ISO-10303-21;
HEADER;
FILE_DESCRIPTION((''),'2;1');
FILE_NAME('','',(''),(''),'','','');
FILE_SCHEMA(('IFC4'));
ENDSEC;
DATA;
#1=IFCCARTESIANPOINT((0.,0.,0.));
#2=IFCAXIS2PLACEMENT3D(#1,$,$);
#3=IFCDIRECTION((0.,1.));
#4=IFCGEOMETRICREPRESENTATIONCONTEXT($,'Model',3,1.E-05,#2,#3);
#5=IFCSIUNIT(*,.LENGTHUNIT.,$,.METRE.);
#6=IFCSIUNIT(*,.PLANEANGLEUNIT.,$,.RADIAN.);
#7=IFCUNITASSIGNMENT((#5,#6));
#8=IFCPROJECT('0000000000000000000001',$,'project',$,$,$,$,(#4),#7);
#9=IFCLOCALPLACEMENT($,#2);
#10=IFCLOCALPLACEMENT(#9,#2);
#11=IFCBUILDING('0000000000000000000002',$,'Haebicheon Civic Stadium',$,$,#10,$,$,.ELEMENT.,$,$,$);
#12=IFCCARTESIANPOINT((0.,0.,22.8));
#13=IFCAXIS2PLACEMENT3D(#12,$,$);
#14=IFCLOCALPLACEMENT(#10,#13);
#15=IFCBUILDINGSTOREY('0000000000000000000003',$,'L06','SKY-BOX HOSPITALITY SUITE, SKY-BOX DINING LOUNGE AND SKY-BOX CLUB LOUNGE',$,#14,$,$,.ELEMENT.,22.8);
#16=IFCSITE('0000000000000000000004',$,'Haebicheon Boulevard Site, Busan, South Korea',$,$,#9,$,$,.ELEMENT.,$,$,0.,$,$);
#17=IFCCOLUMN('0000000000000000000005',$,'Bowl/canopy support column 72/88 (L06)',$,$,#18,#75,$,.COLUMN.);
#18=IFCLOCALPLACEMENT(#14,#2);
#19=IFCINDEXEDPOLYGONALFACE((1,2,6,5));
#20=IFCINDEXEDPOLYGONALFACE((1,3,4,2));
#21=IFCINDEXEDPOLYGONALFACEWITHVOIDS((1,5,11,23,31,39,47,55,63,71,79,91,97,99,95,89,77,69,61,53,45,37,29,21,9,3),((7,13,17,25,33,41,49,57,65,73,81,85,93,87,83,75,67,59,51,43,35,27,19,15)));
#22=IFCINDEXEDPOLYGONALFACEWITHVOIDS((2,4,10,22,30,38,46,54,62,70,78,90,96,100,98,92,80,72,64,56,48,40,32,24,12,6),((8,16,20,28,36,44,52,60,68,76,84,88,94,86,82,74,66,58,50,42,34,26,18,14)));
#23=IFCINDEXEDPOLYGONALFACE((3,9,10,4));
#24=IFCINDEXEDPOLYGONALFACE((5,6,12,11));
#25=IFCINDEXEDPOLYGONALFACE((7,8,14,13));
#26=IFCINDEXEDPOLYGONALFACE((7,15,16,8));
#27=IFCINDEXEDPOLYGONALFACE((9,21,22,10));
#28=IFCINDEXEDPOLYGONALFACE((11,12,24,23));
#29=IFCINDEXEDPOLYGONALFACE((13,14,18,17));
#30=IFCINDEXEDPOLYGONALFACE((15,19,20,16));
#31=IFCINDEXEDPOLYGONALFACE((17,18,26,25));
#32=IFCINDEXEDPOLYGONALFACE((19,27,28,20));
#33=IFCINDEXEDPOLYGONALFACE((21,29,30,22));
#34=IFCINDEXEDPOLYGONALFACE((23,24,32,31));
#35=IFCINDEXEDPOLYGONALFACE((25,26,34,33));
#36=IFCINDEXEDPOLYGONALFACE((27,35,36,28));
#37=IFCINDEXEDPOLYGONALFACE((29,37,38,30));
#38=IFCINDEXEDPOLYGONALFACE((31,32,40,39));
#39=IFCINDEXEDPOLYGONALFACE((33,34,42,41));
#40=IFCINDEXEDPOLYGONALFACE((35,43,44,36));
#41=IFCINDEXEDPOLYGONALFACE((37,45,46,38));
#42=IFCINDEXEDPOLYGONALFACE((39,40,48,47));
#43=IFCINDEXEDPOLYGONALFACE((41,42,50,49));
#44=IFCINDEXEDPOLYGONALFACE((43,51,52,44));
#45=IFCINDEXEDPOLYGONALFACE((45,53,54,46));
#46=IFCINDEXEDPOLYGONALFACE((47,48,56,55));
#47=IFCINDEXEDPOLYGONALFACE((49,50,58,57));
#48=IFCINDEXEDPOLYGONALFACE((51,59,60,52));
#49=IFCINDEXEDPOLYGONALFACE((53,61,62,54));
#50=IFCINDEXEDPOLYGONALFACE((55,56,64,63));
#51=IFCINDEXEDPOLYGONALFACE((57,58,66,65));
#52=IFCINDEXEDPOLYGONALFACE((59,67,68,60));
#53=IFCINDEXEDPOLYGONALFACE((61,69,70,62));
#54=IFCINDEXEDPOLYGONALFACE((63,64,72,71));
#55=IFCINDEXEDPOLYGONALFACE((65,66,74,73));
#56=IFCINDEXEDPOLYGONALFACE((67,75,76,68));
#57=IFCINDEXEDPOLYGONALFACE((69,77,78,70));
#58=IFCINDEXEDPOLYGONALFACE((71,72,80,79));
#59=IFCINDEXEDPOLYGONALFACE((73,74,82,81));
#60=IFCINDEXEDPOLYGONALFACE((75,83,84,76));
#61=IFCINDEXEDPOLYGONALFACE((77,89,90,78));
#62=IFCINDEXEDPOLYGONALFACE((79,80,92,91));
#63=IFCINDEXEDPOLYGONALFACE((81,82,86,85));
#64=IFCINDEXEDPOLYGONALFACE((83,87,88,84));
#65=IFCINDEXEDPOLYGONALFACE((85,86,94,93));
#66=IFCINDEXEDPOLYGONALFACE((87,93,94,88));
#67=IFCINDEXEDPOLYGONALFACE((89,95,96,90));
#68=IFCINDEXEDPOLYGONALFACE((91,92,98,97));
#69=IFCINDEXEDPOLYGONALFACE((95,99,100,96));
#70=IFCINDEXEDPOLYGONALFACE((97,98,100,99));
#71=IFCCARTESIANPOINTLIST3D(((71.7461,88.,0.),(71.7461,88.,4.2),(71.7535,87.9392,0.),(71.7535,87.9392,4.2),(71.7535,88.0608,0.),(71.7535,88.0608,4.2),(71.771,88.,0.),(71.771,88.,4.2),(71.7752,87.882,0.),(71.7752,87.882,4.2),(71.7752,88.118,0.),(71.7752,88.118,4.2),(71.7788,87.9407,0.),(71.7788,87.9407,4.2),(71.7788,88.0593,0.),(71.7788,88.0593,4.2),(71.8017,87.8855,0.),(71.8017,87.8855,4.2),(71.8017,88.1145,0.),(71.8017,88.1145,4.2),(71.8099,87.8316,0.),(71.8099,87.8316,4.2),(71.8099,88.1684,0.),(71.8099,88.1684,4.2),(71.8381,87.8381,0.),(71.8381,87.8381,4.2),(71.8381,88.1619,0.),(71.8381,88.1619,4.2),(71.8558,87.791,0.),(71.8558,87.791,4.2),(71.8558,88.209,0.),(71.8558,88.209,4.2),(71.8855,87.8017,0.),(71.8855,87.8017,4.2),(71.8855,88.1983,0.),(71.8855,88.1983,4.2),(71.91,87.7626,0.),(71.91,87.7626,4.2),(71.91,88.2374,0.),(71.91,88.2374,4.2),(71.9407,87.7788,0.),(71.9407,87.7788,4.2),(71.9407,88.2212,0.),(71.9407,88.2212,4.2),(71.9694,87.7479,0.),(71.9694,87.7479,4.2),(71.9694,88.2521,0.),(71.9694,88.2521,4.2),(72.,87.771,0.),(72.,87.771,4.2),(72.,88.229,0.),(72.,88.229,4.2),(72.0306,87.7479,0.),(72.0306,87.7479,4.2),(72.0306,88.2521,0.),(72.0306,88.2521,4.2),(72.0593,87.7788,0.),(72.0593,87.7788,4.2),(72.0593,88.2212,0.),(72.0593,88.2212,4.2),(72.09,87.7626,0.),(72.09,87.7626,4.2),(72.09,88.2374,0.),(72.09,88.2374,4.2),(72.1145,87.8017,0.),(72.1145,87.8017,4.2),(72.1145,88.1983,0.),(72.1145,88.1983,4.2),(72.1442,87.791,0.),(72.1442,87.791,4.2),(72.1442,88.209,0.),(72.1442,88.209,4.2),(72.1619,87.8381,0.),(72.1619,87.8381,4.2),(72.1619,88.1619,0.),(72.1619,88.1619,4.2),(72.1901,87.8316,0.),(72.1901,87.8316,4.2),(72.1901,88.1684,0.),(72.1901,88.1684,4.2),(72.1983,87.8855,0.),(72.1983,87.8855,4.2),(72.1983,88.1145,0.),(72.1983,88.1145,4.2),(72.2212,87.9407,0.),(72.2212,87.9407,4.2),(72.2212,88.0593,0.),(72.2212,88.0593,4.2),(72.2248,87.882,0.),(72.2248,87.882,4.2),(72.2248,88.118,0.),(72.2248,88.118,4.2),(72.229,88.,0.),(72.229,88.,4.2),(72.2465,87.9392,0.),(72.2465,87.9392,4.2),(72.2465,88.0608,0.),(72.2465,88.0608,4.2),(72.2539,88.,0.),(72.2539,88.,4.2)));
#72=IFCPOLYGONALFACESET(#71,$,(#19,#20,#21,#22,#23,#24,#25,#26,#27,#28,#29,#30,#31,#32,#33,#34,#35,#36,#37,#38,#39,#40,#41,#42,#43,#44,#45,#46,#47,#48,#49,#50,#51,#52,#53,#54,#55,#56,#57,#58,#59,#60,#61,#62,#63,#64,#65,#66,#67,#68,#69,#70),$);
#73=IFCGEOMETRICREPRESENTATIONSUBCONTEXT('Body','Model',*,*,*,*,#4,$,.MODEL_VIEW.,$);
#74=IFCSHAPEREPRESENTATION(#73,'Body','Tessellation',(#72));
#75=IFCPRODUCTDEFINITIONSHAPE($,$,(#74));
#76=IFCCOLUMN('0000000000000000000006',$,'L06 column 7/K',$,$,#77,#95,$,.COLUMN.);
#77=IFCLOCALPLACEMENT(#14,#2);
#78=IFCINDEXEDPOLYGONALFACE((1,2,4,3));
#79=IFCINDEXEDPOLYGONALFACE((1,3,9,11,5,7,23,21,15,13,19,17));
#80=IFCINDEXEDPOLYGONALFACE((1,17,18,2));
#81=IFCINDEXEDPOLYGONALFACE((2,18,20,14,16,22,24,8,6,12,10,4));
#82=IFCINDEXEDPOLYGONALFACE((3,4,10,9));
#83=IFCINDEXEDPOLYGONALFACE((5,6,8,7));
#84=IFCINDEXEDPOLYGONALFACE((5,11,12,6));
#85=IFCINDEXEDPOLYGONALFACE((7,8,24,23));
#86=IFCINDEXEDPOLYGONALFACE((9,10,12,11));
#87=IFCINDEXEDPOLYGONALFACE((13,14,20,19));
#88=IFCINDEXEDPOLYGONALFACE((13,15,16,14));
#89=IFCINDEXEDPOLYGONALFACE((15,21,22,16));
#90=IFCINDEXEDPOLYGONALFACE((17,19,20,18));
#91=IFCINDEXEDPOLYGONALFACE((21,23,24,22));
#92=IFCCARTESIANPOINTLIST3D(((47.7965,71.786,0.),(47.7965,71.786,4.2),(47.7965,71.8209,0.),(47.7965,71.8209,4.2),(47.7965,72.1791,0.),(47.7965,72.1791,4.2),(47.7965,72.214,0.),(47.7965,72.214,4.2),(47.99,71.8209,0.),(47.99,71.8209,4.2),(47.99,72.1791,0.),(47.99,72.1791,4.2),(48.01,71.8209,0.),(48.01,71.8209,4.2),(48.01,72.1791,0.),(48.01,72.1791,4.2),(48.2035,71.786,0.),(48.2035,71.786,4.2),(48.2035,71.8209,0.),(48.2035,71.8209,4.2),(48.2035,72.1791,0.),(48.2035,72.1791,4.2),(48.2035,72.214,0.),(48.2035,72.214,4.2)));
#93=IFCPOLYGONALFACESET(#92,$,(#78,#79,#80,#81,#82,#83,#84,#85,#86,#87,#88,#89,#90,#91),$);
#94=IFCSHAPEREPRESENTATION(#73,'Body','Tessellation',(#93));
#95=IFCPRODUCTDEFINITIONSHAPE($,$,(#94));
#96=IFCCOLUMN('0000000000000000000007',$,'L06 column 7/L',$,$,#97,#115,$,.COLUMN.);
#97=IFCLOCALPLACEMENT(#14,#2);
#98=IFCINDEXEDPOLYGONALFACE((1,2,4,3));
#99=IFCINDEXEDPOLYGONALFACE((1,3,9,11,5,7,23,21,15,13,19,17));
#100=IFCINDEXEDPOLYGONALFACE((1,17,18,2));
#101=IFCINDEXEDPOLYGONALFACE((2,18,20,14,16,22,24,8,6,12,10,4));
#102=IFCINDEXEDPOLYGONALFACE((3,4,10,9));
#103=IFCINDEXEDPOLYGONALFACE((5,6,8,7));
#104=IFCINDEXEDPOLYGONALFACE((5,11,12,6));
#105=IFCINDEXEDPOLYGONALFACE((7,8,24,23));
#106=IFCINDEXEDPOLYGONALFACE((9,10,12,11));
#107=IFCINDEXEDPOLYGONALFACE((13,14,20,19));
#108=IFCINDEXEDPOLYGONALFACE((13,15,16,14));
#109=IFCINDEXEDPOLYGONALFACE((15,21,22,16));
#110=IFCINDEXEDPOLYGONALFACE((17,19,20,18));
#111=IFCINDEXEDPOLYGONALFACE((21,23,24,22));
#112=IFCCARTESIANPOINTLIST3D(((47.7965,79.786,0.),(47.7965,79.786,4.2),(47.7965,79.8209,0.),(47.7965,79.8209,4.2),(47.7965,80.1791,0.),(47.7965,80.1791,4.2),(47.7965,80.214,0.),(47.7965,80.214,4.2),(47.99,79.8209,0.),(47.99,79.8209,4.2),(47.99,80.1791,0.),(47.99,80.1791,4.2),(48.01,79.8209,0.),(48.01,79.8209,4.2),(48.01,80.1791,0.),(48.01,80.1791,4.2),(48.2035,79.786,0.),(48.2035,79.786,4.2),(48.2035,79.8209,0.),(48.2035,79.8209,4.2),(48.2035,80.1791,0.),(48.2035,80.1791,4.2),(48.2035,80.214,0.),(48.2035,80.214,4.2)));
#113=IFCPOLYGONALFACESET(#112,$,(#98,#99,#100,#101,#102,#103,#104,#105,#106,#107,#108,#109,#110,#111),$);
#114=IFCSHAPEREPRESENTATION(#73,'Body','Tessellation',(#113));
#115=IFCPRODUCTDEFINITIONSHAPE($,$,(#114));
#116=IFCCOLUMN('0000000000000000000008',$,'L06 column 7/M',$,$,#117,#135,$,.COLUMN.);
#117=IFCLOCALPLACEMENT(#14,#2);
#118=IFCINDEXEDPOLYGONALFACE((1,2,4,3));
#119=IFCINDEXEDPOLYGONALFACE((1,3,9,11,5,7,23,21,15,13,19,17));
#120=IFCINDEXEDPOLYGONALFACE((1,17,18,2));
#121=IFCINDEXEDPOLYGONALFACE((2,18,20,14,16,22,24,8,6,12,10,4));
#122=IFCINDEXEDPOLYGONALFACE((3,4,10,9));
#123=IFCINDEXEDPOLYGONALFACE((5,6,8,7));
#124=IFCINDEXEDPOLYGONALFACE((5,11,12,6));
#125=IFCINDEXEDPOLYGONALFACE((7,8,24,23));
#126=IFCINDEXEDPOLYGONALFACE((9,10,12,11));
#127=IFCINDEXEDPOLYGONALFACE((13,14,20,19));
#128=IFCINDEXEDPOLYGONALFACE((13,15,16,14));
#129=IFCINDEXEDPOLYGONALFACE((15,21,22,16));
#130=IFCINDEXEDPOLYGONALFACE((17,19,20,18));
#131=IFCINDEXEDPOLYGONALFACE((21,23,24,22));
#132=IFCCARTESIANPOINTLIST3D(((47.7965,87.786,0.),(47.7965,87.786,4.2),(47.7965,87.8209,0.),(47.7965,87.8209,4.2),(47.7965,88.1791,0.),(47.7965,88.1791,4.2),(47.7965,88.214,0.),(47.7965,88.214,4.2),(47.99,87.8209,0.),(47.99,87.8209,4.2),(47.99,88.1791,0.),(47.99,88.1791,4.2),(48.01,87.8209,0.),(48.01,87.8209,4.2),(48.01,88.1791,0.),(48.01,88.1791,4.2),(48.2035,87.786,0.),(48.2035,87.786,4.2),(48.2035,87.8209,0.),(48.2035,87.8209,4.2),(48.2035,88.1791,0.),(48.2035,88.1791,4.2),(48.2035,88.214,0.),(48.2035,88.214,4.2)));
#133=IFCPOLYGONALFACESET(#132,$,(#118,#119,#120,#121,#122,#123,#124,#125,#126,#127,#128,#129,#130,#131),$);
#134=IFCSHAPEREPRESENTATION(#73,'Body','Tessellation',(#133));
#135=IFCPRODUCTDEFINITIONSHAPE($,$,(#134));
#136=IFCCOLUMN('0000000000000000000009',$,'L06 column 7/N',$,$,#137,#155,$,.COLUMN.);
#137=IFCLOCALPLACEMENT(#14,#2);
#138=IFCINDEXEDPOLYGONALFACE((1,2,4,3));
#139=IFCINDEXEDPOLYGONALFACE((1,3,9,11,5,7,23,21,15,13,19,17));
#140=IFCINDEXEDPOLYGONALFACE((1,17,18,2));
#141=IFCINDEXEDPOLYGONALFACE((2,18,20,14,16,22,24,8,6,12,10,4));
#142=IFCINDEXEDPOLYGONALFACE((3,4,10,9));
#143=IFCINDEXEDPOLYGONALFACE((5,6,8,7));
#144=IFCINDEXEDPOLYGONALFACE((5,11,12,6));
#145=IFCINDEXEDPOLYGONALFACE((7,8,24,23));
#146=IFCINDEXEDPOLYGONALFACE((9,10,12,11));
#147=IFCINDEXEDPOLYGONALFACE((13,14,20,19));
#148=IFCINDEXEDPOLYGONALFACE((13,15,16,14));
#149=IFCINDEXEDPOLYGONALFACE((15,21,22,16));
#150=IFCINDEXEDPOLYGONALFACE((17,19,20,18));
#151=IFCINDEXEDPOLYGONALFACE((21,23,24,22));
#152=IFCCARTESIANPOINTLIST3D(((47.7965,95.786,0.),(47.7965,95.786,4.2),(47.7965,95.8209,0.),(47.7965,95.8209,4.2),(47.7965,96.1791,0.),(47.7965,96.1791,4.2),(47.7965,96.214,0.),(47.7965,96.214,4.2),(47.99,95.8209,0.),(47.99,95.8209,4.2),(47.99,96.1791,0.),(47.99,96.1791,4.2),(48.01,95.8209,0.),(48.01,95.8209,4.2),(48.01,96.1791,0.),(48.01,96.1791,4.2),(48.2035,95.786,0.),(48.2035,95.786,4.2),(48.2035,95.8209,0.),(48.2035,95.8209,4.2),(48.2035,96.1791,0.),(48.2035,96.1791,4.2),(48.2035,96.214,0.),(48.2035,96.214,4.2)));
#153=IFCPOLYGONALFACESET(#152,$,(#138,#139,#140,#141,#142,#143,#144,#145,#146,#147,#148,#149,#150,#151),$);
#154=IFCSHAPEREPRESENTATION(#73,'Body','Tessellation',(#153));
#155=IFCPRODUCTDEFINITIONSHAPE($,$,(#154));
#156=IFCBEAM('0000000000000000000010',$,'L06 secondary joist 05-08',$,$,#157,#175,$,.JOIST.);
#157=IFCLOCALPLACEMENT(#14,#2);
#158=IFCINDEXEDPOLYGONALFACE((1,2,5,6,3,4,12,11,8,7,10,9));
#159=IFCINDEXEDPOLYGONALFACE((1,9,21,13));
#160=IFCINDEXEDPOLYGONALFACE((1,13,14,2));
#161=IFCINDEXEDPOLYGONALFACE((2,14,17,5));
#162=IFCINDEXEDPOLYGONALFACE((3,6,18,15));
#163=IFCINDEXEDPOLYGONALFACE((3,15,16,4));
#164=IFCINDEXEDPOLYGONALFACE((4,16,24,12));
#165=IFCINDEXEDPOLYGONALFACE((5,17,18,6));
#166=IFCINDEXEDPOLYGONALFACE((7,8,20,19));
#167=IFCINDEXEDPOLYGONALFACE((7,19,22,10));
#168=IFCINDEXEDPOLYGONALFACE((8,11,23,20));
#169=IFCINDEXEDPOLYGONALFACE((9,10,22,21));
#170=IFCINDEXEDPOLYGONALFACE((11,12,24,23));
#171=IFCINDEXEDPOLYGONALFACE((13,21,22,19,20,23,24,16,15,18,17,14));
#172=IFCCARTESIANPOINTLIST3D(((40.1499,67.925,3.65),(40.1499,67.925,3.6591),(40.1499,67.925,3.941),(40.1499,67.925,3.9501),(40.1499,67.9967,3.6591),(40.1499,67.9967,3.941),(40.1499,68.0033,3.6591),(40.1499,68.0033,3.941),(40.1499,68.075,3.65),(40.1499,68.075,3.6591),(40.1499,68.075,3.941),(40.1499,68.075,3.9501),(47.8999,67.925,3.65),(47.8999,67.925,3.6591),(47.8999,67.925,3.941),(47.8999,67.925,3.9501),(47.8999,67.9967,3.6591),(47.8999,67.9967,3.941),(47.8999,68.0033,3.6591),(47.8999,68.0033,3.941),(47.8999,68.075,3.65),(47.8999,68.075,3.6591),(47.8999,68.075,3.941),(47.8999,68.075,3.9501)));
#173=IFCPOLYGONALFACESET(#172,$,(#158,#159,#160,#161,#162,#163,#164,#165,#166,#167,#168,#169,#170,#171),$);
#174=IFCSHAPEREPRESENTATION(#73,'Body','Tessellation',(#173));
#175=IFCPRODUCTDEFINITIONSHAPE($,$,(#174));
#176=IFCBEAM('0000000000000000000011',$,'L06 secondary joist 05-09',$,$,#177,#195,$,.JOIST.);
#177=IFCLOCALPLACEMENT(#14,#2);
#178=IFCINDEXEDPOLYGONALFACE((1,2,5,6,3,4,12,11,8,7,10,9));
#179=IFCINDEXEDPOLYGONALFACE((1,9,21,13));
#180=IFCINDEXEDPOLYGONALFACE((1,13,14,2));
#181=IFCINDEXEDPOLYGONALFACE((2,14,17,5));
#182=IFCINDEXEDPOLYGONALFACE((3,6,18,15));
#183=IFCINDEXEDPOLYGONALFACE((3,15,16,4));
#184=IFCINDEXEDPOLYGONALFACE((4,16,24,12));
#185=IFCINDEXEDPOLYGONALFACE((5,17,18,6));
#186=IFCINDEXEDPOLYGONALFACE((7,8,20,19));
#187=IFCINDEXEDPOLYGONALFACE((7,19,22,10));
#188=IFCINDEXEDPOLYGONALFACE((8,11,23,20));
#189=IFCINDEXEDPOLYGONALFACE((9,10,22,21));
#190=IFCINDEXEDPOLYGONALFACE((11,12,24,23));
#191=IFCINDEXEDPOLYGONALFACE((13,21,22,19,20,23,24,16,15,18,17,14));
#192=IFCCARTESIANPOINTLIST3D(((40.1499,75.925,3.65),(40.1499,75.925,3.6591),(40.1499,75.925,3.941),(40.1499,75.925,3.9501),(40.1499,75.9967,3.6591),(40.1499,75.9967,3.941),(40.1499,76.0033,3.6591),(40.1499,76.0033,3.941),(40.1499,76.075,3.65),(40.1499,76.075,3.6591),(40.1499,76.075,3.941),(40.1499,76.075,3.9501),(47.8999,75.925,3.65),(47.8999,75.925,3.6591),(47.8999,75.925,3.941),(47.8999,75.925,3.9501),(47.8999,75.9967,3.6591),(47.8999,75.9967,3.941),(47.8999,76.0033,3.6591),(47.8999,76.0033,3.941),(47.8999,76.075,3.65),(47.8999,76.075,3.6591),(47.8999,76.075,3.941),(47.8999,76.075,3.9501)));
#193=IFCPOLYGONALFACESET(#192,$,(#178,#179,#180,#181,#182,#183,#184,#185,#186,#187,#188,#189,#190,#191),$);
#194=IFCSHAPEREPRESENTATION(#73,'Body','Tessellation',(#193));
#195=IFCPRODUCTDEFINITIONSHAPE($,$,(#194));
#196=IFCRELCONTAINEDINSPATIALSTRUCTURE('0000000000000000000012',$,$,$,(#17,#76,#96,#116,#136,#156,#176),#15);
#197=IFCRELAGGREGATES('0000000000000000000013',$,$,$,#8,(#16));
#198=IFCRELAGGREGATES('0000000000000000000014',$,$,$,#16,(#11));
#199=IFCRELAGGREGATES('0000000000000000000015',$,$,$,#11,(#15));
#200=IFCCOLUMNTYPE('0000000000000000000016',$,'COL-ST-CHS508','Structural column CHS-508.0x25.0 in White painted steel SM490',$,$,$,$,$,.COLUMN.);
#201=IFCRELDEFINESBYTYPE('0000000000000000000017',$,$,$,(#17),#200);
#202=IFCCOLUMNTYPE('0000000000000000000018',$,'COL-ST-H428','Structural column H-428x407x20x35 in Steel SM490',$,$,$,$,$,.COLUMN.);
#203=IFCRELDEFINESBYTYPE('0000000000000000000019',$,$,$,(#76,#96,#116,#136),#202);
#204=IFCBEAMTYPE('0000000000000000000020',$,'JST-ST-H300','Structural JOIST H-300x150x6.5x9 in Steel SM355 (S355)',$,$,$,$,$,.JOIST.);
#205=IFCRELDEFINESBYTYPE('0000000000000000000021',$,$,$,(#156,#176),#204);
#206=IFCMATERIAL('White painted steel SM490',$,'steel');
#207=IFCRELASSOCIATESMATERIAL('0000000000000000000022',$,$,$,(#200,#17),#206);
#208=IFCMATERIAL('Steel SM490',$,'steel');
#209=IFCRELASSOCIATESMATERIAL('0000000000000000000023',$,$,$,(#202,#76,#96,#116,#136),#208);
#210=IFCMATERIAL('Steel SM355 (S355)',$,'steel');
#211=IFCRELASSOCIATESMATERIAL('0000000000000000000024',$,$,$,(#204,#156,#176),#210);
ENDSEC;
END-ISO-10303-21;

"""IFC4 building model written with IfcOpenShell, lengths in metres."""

from ifc_helpers import new_model, si_unit, direction, frame, origin, origin_2d, place, context, subcontext, project, spatial, hollow_circle, i_section, extrude, material, material_profile, profile_set, type_object, element, save


model = new_model("IFC4")

# Units and contexts
model_context = context("Model", 3, precision=1e-05, world=origin(), true_north=direction((0.0, 1.0)))
body_context = subcontext(model_context, "Body", "Model", "MODEL_VIEW")
ifc_project = project(units=[si_unit("LENGTHUNIT", "METRE"), si_unit("PLANEANGLEUNIT", "RADIAN")], contexts=[model_context])

# Site, building, storey
site_placement = place(None, origin())
site = spatial("IfcSite", under=ifc_project, at=site_placement, Name="Haebicheon Boulevard Site, Busan, South Korea", CompositionType="ELEMENT", RefElevation=0.0)
building_placement = place(site_placement, origin())
building = spatial("IfcBuilding", under=site, at=building_placement, Name="Haebicheon Civic Stadium", CompositionType="ELEMENT")
storey_placement = place(building_placement, frame((0.0, 0.0, 22.8)))
storey = spatial("IfcBuildingStorey", under=building, at=storey_placement, Name="L06", Description="SKY-BOX HOSPITALITY SUITE, SKY-BOX DINING LOUNGE AND SKY-BOX CLUB LOUNGE", CompositionType="ELEMENT", Elevation=22.8)

# Columns
ifc_material_1 = material(Name="White painted steel SM490", Category="steel")
ifc_material_profile_1 = material_profile(ifc_material_1, hollow_circle(Radius=0.2539, WallThickness=0.0249, at=origin_2d()), Name="CHS-508.0x25.0")
ifc_profile_set_1 = profile_set([ifc_material_profile_1], Name="White painted steel SM490")
column_type_1 = type_object("IfcColumnType", Name="COL-ST-CHS508", Description="Structural column CHS-508.0x25.0 in White painted steel SM490", PredefinedType="COLUMN", material=ifc_profile_set_1)
for number, where, z_axis, x_axis, name in (
    (1, (72.0, 88.0, 0.0), (0.0, 0.0, 1.0), (1.0, 0.0, 0.0), "Bowl/canopy support column 72/88 (L06)"),
):
    element("IfcColumn", number, at=place(storey_placement, frame(where, z_axis=z_axis, x_axis=x_axis)), inside=storey, type_object=column_type_1, material=ifc_profile_set_1, Name=name, PredefinedType="COLUMN", context=body_context, shape_type="SweptSolid", body=[
        extrude(hollow_circle(Radius=0.2539, WallThickness=0.0249, at=origin_2d()), origin(), (0.0, 0.0, 1.0), 4.2),
    ])
ifc_material_2 = material(Name="Steel SM490", Category="steel")
ifc_material_profile_2 = material_profile(ifc_material_2, i_section(OverallWidth=0.407, OverallDepth=0.428, WebThickness=0.02, FlangeThickness=0.0349, at=origin_2d()), Name="H-428x407x20x35")
ifc_profile_set_2 = profile_set([ifc_material_profile_2], Name="Steel SM490")
column_type_2 = type_object("IfcColumnType", Name="COL-ST-H428", Description="Structural column H-428x407x20x35 in Steel SM490", PredefinedType="COLUMN", material=ifc_profile_set_2)
for number, where, z_axis, x_axis, name in (
    (2, (48.0, 72.0, 0.0), (0.0, 0.0, 1.0), (1.0, 0.0, 0.0), "L06 column 7/K"),
    (3, (48.0, 80.0, 0.0), (0.0, 0.0, 1.0), (1.0, 0.0, 0.0), "L06 column 7/L"),
    (4, (48.0, 88.0, 0.0), (0.0, 0.0, 1.0), (1.0, 0.0, 0.0), "L06 column 7/M"),
    (5, (48.0, 96.0, 0.0), (0.0, 0.0, 1.0), (1.0, 0.0, 0.0), "L06 column 7/N"),
):
    element("IfcColumn", number, at=place(storey_placement, frame(where, z_axis=z_axis, x_axis=x_axis)), inside=storey, type_object=column_type_2, material=ifc_profile_set_2, Name=name, PredefinedType="COLUMN", context=body_context, shape_type="SweptSolid", body=[
        extrude(i_section(OverallWidth=0.407, OverallDepth=0.428, WebThickness=0.02, FlangeThickness=0.0349, at=origin_2d()), origin(), (0.0, 0.0, 1.0), 4.2),
    ])

# Beams
ifc_material_3 = material(Name="Steel SM355 (S355)", Category="steel")
ifc_material_profile_3 = material_profile(ifc_material_3, i_section(OverallWidth=0.1499, OverallDepth=0.3, WebThickness=0.0066, FlangeThickness=0.009, at=origin_2d()), Name="H-300x150x6.5x9")
ifc_profile_set_3 = profile_set([ifc_material_profile_3], Name="Steel SM355 (S355)")
beam_type_1 = type_object("IfcBeamType", Name="JST-ST-H300", Description="Structural JOIST H-300x150x6.5x9 in Steel SM355 (S355)", PredefinedType="JOIST", material=ifc_profile_set_3)
for number, where, z_axis, x_axis, name in (
    (6, (40.1499, 68.0, 3.8), (1.0, 0.0, 0.0), (0.0, 1.0, 0.0), "L06 secondary joist 05-08"),
    (7, (40.1499, 76.0, 3.8), (1.0, 0.0, 0.0), (0.0, 1.0, 0.0), "L06 secondary joist 05-09"),
):
    element("IfcBeam", number, at=place(storey_placement, frame(where, z_axis=z_axis, x_axis=x_axis)), inside=storey, type_object=beam_type_1, material=ifc_profile_set_3, Name=name, PredefinedType="JOIST", context=body_context, shape_type="SweptSolid", body=[
        extrude(i_section(OverallWidth=0.1499, OverallDepth=0.3, WebThickness=0.0066, FlangeThickness=0.009, at=origin_2d()), origin(), (0.0, 0.0, 1.0), 7.75),
    ])

save(model, "model.ifc")
